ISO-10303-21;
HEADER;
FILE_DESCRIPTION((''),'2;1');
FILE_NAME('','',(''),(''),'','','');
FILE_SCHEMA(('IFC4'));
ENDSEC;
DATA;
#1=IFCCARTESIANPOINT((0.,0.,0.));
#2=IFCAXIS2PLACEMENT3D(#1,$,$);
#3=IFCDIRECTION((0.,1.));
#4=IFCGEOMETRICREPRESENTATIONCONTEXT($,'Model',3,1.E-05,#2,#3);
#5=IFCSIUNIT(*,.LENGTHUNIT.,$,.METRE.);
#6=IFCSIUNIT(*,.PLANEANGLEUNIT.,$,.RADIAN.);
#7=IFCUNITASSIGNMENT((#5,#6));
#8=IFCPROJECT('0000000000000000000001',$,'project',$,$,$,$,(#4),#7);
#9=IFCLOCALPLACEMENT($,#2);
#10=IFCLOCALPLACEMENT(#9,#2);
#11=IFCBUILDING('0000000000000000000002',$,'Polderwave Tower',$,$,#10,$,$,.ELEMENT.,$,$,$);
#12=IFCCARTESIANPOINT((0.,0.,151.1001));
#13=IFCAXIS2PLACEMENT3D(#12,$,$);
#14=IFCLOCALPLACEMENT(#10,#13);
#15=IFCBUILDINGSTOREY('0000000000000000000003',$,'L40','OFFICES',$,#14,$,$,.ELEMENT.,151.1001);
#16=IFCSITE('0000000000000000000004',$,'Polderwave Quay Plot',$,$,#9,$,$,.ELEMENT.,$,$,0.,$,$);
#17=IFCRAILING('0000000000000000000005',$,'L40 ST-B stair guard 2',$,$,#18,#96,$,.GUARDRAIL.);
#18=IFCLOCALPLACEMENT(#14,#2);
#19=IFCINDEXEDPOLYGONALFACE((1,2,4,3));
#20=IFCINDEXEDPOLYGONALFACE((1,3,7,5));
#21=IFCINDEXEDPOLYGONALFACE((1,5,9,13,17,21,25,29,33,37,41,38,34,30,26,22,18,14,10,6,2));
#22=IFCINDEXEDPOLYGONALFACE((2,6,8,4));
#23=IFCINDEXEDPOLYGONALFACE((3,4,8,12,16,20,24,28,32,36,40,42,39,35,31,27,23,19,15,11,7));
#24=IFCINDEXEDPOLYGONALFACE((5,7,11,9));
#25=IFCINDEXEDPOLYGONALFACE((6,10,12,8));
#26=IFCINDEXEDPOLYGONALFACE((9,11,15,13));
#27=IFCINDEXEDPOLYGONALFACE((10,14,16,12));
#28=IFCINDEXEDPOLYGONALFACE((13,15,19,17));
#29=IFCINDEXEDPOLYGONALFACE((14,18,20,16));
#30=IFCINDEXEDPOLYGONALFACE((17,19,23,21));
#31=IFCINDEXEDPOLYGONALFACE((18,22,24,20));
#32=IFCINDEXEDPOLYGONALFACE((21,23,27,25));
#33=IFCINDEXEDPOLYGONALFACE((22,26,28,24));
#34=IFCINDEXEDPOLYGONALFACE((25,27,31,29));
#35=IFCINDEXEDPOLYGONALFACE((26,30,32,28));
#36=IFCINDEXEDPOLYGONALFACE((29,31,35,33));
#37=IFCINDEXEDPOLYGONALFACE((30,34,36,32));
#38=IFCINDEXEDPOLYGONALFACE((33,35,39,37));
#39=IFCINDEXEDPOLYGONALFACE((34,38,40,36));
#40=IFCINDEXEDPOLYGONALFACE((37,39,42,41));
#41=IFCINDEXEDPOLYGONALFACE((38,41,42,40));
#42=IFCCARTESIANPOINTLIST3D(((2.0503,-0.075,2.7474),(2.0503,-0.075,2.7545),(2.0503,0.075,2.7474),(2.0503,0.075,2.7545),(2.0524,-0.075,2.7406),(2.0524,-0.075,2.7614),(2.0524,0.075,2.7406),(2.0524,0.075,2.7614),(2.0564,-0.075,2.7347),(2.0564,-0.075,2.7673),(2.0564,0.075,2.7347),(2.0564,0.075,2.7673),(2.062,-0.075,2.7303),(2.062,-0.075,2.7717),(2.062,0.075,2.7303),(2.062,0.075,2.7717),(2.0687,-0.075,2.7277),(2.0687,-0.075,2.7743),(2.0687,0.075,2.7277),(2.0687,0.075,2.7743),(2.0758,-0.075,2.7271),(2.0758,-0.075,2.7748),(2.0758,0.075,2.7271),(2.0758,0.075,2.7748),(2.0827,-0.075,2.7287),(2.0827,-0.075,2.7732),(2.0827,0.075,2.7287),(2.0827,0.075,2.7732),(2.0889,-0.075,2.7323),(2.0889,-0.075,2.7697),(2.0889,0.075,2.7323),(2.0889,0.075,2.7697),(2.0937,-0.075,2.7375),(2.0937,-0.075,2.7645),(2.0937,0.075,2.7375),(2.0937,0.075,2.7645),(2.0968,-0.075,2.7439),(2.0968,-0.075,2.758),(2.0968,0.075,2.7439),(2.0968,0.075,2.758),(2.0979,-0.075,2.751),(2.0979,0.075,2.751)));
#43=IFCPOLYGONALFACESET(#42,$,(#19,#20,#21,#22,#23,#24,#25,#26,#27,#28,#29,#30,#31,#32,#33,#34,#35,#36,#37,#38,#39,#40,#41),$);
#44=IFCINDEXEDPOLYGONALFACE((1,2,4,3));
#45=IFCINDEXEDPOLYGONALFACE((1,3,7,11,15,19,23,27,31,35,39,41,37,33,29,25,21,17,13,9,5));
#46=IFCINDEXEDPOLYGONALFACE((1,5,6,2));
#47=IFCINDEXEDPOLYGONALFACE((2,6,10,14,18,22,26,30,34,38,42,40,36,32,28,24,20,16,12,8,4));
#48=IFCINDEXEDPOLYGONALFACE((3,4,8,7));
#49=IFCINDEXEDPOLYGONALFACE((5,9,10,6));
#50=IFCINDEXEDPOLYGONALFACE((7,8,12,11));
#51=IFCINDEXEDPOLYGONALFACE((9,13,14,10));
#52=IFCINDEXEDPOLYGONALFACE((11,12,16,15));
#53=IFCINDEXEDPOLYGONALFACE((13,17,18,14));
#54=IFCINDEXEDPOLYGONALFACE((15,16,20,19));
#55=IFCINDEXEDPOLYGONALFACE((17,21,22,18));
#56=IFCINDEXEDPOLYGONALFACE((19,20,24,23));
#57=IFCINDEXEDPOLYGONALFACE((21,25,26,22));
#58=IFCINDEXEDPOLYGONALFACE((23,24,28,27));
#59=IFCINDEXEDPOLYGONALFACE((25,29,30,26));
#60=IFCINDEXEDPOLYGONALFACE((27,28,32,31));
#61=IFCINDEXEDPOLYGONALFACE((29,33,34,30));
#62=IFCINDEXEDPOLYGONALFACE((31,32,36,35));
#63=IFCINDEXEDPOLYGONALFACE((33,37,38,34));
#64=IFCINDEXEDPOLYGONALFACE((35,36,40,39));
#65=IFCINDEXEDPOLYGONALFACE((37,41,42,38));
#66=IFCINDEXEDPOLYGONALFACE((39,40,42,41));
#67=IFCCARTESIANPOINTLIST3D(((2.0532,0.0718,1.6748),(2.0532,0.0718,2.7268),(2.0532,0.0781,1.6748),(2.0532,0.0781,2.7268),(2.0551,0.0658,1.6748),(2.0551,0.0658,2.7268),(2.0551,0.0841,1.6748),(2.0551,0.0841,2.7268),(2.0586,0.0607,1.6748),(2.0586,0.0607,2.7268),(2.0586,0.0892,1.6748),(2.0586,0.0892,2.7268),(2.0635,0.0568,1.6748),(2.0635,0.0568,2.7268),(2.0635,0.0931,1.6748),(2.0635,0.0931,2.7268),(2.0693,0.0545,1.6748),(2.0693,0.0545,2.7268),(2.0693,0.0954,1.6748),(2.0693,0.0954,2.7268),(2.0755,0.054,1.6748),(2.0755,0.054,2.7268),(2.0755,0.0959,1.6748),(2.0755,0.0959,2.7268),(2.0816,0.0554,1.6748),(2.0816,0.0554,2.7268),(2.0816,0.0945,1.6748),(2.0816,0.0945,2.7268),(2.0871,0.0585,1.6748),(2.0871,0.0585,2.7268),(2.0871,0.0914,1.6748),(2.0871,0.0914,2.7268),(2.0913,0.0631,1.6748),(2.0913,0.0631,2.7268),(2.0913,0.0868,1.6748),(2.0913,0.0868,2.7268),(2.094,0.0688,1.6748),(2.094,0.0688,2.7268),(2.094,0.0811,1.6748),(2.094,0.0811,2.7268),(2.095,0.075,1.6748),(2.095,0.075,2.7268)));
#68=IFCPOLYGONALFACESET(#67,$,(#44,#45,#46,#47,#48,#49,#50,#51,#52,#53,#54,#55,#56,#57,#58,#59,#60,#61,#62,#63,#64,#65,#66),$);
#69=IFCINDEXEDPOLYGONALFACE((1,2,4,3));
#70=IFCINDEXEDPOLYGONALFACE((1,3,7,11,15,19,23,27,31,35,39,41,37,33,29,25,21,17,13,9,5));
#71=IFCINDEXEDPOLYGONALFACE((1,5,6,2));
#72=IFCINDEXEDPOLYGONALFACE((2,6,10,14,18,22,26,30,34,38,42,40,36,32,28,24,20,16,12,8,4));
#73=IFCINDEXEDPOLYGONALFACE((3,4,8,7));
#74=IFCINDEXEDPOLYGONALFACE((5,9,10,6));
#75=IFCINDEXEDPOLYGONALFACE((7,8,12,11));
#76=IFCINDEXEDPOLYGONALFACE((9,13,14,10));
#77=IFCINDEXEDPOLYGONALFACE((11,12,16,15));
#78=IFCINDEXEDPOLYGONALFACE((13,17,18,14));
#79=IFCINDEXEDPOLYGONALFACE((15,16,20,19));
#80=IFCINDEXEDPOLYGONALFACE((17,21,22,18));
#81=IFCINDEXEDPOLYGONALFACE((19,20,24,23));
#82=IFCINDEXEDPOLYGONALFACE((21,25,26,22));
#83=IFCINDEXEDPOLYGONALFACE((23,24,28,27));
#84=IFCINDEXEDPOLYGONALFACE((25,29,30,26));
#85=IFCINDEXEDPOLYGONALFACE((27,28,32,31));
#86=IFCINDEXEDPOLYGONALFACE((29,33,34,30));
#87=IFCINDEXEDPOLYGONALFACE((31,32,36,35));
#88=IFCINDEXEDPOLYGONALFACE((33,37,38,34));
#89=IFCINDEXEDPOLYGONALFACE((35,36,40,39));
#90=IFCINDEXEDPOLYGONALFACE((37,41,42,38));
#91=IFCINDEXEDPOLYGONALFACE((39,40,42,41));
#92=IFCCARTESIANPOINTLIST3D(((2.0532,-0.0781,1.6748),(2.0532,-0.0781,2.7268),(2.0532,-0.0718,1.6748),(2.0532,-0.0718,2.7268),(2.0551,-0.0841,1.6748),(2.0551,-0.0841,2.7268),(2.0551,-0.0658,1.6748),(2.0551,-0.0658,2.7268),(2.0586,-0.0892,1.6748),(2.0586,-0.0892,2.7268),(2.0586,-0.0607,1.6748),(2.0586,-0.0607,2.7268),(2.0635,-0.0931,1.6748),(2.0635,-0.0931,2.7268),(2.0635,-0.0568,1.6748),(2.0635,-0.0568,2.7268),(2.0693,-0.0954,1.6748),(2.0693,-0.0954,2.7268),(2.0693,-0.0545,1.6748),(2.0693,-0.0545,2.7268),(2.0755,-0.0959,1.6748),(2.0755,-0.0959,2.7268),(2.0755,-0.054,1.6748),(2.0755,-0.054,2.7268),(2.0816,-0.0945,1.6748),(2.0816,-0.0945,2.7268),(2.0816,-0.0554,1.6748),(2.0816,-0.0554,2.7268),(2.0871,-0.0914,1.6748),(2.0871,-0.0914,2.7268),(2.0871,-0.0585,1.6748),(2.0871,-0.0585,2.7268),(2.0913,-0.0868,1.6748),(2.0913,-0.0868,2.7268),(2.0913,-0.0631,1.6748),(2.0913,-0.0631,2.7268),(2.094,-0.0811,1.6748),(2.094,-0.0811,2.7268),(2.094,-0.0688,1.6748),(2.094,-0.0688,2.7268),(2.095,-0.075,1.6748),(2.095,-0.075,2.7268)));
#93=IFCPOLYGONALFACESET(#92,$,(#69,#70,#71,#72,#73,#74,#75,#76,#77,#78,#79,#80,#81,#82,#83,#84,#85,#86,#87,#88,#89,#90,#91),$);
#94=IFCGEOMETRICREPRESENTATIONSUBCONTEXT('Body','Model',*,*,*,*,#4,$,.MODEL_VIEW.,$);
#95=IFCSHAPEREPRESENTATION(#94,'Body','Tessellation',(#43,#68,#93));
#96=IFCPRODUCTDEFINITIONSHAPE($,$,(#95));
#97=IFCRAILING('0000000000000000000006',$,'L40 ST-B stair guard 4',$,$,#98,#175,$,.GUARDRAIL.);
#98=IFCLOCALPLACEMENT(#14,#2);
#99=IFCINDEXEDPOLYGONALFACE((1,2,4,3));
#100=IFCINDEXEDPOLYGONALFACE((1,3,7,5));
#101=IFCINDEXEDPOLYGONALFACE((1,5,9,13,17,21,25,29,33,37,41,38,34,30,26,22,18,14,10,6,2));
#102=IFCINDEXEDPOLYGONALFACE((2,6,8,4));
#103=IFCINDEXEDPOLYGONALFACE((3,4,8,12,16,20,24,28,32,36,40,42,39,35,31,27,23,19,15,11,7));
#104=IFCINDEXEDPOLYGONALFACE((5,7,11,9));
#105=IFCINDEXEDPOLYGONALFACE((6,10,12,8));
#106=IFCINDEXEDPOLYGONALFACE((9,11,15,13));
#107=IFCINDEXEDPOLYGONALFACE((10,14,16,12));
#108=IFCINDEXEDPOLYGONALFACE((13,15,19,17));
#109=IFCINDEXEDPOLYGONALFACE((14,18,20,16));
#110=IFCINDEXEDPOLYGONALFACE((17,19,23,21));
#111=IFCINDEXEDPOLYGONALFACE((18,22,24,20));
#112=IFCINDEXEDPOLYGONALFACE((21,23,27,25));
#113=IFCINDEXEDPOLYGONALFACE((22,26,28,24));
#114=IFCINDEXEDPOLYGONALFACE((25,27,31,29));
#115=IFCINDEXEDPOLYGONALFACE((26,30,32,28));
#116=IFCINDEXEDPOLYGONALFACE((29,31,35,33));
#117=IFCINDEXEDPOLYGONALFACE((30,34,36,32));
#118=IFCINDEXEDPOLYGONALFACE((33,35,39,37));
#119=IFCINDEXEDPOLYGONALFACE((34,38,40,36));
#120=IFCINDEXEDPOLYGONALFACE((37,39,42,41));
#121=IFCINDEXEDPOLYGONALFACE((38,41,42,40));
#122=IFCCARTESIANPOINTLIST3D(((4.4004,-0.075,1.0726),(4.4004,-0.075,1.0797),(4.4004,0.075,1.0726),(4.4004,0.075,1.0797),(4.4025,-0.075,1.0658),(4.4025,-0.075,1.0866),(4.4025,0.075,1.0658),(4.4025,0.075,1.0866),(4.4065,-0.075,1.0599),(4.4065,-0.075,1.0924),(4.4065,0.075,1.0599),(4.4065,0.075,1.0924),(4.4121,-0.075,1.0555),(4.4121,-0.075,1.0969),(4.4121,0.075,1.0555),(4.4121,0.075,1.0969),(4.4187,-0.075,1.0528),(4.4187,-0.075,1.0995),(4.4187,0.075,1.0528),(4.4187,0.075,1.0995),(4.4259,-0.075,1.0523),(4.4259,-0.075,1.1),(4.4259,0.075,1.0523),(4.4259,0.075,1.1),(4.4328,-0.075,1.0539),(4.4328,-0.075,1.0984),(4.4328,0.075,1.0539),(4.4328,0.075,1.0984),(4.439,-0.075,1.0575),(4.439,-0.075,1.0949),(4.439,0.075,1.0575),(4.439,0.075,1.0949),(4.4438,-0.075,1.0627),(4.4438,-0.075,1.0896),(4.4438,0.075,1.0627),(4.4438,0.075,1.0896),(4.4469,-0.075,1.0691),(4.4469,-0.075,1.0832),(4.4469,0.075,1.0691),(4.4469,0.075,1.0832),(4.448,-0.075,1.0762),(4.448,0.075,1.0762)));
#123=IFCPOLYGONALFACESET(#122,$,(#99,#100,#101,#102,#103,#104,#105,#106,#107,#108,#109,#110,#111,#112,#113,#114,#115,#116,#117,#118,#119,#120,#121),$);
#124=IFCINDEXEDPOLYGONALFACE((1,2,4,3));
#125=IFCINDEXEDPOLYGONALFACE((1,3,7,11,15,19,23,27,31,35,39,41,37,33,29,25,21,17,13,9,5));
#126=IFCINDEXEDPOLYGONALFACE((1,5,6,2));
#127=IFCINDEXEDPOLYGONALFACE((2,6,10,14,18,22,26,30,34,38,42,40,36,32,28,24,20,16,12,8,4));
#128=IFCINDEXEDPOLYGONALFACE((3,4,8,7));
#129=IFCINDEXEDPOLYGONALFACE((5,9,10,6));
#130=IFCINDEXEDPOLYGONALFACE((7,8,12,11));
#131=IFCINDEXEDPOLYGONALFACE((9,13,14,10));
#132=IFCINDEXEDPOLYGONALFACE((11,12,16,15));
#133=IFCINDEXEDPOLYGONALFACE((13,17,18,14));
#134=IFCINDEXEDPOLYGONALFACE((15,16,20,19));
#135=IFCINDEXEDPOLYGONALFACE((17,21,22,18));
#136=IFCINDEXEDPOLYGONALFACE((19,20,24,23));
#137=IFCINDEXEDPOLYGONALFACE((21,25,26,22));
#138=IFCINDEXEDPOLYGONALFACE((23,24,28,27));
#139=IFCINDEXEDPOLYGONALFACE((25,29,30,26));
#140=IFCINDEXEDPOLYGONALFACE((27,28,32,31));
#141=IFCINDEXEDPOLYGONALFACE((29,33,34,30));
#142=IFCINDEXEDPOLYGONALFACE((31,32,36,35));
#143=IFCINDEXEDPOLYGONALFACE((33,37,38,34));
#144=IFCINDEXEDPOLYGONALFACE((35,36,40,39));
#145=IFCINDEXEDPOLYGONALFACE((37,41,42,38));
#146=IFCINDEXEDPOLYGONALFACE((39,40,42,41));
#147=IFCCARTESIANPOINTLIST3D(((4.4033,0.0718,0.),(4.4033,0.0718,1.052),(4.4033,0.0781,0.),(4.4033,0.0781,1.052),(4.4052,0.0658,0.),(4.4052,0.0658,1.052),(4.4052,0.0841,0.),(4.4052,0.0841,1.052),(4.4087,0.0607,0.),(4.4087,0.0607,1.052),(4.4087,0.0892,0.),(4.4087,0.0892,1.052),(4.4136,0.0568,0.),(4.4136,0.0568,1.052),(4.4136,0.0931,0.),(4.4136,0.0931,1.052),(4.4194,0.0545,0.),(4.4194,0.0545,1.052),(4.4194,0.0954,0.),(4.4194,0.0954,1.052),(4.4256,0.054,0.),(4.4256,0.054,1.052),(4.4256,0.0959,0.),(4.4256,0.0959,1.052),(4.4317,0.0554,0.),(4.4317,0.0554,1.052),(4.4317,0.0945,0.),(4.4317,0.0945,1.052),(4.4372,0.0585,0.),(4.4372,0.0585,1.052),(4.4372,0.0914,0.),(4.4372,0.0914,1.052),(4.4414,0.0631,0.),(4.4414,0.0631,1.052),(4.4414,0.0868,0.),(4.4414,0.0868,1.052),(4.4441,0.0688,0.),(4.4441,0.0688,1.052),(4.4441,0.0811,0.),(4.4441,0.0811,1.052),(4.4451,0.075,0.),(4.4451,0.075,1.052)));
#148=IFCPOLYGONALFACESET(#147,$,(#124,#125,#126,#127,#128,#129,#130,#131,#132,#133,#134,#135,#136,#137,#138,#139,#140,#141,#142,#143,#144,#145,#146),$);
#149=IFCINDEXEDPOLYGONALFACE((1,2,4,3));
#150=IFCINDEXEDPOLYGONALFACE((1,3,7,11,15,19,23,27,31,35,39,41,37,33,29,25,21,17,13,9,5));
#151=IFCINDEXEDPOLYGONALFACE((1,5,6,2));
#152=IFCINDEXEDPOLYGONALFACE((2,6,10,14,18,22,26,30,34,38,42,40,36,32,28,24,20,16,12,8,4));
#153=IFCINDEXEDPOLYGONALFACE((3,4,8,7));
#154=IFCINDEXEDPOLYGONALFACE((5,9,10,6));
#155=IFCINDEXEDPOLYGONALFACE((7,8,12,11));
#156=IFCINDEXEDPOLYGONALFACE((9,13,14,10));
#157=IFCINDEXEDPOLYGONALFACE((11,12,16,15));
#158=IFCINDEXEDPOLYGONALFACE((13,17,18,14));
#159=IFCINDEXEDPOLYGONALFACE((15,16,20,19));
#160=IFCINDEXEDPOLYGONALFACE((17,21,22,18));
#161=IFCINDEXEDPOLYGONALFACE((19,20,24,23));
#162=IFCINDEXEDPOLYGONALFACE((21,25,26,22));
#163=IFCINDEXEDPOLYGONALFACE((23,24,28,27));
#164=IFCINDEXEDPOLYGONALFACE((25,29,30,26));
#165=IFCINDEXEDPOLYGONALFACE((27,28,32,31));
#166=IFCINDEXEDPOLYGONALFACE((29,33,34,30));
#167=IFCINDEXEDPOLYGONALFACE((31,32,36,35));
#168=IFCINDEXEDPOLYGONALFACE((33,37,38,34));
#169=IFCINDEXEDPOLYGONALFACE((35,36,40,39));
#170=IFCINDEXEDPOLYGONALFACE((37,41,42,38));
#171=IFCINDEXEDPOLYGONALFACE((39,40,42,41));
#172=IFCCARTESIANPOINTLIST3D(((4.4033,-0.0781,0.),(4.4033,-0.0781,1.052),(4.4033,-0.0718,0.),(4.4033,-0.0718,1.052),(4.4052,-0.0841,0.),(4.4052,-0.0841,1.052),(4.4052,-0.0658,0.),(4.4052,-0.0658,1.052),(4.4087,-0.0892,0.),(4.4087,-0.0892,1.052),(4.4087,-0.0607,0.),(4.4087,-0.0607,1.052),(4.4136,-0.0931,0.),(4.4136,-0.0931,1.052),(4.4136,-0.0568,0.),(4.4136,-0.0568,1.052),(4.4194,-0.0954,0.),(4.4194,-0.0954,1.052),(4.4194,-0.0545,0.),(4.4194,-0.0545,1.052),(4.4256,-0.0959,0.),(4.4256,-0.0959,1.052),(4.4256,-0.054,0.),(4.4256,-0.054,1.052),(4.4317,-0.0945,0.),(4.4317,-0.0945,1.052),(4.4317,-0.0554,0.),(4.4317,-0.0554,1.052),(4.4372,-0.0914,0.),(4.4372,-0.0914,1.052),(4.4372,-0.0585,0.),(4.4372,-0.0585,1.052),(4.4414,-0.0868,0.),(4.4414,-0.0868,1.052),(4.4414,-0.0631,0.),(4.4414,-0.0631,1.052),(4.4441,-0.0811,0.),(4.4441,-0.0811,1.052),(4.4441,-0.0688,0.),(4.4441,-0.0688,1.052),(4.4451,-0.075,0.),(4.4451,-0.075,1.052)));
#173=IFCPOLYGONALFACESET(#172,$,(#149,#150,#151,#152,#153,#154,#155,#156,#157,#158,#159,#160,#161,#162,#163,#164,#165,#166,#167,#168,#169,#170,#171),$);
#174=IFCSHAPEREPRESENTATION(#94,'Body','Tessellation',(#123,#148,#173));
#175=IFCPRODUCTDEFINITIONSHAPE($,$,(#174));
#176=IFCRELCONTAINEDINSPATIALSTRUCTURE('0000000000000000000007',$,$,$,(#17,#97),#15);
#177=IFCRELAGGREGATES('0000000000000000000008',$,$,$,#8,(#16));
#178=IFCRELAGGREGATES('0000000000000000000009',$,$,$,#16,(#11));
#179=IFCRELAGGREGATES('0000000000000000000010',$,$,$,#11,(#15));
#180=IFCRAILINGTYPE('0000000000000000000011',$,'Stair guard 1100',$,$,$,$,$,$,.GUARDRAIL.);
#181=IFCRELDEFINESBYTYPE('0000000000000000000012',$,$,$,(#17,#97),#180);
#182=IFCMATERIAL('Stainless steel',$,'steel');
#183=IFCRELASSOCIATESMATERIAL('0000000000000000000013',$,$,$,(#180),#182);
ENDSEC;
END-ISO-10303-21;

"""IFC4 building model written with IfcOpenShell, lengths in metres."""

from ifc_helpers import new_model, si_unit, direction, frame, origin, origin_2d, place, context, subcontext, project, spatial, circle, extrude, material, type_object, element, save


model = new_model("IFC4")

# Units and contexts
model_context = context("Model", 3, precision=1e-05, world=origin(), true_north=direction((0.0, 1.0)))
body_context = subcontext(model_context, "Body", "Model", "MODEL_VIEW")
ifc_project = project(units=[si_unit("LENGTHUNIT", "METRE"), si_unit("PLANEANGLEUNIT", "RADIAN")], contexts=[model_context])

# Site, building, storey
site_placement = place(None, origin())
site = spatial("IfcSite", under=ifc_project, at=site_placement, Name="Polderwave Quay Plot", CompositionType="ELEMENT", RefElevation=0.0)
building_placement = place(site_placement, origin())
building = spatial("IfcBuilding", under=site, at=building_placement, Name="Polderwave Tower", CompositionType="ELEMENT")
storey_placement = place(building_placement, frame((0.0, 0.0, 151.1001)))
storey = spatial("IfcBuildingStorey", under=building, at=storey_placement, Name="L40", Description="OFFICES", CompositionType="ELEMENT", Elevation=151.1001)

# Shared definitions
ifc_material_1 = material(Name="Stainless steel", Category="steel")

# Railings
railing_type_1 = type_object("IfcRailingType", Name="Stair guard 1100", PredefinedType="GUARDRAIL", material=ifc_material_1)
for number, where, name in (
    (1, (2.074, 0.075, 1.6748), "L40 ST-B stair guard 2"),
    (2, (4.4241, 0.075, 0.0), "L40 ST-B stair guard 4"),
):
    element("IfcRailing", number, at=place(storey_placement, frame(where)), inside=storey, type_object=railing_type_1, Name=name, PredefinedType="GUARDRAIL", context=body_context, shape_type="SweptSolid", body=[
        extrude(circle(Radius=0.0239, at=origin_2d()), frame((0.0, 0.0, 1.0762), z_axis=(0.0, -1.0, 0.0), x_axis=(1.0, 0.0, 0.0)), (0.0, 0.0, 1.0), 0.1499),
        extrude(circle(Radius=0.021, at=origin_2d()), origin(), (0.0, 0.0, 1.0), 1.052),
        extrude(circle(Radius=0.021, at=origin_2d()), frame((0.0, -0.1499, 0.0)), (0.0, 0.0, 1.0), 1.052),
    ])

save(model, "model.ifc")
